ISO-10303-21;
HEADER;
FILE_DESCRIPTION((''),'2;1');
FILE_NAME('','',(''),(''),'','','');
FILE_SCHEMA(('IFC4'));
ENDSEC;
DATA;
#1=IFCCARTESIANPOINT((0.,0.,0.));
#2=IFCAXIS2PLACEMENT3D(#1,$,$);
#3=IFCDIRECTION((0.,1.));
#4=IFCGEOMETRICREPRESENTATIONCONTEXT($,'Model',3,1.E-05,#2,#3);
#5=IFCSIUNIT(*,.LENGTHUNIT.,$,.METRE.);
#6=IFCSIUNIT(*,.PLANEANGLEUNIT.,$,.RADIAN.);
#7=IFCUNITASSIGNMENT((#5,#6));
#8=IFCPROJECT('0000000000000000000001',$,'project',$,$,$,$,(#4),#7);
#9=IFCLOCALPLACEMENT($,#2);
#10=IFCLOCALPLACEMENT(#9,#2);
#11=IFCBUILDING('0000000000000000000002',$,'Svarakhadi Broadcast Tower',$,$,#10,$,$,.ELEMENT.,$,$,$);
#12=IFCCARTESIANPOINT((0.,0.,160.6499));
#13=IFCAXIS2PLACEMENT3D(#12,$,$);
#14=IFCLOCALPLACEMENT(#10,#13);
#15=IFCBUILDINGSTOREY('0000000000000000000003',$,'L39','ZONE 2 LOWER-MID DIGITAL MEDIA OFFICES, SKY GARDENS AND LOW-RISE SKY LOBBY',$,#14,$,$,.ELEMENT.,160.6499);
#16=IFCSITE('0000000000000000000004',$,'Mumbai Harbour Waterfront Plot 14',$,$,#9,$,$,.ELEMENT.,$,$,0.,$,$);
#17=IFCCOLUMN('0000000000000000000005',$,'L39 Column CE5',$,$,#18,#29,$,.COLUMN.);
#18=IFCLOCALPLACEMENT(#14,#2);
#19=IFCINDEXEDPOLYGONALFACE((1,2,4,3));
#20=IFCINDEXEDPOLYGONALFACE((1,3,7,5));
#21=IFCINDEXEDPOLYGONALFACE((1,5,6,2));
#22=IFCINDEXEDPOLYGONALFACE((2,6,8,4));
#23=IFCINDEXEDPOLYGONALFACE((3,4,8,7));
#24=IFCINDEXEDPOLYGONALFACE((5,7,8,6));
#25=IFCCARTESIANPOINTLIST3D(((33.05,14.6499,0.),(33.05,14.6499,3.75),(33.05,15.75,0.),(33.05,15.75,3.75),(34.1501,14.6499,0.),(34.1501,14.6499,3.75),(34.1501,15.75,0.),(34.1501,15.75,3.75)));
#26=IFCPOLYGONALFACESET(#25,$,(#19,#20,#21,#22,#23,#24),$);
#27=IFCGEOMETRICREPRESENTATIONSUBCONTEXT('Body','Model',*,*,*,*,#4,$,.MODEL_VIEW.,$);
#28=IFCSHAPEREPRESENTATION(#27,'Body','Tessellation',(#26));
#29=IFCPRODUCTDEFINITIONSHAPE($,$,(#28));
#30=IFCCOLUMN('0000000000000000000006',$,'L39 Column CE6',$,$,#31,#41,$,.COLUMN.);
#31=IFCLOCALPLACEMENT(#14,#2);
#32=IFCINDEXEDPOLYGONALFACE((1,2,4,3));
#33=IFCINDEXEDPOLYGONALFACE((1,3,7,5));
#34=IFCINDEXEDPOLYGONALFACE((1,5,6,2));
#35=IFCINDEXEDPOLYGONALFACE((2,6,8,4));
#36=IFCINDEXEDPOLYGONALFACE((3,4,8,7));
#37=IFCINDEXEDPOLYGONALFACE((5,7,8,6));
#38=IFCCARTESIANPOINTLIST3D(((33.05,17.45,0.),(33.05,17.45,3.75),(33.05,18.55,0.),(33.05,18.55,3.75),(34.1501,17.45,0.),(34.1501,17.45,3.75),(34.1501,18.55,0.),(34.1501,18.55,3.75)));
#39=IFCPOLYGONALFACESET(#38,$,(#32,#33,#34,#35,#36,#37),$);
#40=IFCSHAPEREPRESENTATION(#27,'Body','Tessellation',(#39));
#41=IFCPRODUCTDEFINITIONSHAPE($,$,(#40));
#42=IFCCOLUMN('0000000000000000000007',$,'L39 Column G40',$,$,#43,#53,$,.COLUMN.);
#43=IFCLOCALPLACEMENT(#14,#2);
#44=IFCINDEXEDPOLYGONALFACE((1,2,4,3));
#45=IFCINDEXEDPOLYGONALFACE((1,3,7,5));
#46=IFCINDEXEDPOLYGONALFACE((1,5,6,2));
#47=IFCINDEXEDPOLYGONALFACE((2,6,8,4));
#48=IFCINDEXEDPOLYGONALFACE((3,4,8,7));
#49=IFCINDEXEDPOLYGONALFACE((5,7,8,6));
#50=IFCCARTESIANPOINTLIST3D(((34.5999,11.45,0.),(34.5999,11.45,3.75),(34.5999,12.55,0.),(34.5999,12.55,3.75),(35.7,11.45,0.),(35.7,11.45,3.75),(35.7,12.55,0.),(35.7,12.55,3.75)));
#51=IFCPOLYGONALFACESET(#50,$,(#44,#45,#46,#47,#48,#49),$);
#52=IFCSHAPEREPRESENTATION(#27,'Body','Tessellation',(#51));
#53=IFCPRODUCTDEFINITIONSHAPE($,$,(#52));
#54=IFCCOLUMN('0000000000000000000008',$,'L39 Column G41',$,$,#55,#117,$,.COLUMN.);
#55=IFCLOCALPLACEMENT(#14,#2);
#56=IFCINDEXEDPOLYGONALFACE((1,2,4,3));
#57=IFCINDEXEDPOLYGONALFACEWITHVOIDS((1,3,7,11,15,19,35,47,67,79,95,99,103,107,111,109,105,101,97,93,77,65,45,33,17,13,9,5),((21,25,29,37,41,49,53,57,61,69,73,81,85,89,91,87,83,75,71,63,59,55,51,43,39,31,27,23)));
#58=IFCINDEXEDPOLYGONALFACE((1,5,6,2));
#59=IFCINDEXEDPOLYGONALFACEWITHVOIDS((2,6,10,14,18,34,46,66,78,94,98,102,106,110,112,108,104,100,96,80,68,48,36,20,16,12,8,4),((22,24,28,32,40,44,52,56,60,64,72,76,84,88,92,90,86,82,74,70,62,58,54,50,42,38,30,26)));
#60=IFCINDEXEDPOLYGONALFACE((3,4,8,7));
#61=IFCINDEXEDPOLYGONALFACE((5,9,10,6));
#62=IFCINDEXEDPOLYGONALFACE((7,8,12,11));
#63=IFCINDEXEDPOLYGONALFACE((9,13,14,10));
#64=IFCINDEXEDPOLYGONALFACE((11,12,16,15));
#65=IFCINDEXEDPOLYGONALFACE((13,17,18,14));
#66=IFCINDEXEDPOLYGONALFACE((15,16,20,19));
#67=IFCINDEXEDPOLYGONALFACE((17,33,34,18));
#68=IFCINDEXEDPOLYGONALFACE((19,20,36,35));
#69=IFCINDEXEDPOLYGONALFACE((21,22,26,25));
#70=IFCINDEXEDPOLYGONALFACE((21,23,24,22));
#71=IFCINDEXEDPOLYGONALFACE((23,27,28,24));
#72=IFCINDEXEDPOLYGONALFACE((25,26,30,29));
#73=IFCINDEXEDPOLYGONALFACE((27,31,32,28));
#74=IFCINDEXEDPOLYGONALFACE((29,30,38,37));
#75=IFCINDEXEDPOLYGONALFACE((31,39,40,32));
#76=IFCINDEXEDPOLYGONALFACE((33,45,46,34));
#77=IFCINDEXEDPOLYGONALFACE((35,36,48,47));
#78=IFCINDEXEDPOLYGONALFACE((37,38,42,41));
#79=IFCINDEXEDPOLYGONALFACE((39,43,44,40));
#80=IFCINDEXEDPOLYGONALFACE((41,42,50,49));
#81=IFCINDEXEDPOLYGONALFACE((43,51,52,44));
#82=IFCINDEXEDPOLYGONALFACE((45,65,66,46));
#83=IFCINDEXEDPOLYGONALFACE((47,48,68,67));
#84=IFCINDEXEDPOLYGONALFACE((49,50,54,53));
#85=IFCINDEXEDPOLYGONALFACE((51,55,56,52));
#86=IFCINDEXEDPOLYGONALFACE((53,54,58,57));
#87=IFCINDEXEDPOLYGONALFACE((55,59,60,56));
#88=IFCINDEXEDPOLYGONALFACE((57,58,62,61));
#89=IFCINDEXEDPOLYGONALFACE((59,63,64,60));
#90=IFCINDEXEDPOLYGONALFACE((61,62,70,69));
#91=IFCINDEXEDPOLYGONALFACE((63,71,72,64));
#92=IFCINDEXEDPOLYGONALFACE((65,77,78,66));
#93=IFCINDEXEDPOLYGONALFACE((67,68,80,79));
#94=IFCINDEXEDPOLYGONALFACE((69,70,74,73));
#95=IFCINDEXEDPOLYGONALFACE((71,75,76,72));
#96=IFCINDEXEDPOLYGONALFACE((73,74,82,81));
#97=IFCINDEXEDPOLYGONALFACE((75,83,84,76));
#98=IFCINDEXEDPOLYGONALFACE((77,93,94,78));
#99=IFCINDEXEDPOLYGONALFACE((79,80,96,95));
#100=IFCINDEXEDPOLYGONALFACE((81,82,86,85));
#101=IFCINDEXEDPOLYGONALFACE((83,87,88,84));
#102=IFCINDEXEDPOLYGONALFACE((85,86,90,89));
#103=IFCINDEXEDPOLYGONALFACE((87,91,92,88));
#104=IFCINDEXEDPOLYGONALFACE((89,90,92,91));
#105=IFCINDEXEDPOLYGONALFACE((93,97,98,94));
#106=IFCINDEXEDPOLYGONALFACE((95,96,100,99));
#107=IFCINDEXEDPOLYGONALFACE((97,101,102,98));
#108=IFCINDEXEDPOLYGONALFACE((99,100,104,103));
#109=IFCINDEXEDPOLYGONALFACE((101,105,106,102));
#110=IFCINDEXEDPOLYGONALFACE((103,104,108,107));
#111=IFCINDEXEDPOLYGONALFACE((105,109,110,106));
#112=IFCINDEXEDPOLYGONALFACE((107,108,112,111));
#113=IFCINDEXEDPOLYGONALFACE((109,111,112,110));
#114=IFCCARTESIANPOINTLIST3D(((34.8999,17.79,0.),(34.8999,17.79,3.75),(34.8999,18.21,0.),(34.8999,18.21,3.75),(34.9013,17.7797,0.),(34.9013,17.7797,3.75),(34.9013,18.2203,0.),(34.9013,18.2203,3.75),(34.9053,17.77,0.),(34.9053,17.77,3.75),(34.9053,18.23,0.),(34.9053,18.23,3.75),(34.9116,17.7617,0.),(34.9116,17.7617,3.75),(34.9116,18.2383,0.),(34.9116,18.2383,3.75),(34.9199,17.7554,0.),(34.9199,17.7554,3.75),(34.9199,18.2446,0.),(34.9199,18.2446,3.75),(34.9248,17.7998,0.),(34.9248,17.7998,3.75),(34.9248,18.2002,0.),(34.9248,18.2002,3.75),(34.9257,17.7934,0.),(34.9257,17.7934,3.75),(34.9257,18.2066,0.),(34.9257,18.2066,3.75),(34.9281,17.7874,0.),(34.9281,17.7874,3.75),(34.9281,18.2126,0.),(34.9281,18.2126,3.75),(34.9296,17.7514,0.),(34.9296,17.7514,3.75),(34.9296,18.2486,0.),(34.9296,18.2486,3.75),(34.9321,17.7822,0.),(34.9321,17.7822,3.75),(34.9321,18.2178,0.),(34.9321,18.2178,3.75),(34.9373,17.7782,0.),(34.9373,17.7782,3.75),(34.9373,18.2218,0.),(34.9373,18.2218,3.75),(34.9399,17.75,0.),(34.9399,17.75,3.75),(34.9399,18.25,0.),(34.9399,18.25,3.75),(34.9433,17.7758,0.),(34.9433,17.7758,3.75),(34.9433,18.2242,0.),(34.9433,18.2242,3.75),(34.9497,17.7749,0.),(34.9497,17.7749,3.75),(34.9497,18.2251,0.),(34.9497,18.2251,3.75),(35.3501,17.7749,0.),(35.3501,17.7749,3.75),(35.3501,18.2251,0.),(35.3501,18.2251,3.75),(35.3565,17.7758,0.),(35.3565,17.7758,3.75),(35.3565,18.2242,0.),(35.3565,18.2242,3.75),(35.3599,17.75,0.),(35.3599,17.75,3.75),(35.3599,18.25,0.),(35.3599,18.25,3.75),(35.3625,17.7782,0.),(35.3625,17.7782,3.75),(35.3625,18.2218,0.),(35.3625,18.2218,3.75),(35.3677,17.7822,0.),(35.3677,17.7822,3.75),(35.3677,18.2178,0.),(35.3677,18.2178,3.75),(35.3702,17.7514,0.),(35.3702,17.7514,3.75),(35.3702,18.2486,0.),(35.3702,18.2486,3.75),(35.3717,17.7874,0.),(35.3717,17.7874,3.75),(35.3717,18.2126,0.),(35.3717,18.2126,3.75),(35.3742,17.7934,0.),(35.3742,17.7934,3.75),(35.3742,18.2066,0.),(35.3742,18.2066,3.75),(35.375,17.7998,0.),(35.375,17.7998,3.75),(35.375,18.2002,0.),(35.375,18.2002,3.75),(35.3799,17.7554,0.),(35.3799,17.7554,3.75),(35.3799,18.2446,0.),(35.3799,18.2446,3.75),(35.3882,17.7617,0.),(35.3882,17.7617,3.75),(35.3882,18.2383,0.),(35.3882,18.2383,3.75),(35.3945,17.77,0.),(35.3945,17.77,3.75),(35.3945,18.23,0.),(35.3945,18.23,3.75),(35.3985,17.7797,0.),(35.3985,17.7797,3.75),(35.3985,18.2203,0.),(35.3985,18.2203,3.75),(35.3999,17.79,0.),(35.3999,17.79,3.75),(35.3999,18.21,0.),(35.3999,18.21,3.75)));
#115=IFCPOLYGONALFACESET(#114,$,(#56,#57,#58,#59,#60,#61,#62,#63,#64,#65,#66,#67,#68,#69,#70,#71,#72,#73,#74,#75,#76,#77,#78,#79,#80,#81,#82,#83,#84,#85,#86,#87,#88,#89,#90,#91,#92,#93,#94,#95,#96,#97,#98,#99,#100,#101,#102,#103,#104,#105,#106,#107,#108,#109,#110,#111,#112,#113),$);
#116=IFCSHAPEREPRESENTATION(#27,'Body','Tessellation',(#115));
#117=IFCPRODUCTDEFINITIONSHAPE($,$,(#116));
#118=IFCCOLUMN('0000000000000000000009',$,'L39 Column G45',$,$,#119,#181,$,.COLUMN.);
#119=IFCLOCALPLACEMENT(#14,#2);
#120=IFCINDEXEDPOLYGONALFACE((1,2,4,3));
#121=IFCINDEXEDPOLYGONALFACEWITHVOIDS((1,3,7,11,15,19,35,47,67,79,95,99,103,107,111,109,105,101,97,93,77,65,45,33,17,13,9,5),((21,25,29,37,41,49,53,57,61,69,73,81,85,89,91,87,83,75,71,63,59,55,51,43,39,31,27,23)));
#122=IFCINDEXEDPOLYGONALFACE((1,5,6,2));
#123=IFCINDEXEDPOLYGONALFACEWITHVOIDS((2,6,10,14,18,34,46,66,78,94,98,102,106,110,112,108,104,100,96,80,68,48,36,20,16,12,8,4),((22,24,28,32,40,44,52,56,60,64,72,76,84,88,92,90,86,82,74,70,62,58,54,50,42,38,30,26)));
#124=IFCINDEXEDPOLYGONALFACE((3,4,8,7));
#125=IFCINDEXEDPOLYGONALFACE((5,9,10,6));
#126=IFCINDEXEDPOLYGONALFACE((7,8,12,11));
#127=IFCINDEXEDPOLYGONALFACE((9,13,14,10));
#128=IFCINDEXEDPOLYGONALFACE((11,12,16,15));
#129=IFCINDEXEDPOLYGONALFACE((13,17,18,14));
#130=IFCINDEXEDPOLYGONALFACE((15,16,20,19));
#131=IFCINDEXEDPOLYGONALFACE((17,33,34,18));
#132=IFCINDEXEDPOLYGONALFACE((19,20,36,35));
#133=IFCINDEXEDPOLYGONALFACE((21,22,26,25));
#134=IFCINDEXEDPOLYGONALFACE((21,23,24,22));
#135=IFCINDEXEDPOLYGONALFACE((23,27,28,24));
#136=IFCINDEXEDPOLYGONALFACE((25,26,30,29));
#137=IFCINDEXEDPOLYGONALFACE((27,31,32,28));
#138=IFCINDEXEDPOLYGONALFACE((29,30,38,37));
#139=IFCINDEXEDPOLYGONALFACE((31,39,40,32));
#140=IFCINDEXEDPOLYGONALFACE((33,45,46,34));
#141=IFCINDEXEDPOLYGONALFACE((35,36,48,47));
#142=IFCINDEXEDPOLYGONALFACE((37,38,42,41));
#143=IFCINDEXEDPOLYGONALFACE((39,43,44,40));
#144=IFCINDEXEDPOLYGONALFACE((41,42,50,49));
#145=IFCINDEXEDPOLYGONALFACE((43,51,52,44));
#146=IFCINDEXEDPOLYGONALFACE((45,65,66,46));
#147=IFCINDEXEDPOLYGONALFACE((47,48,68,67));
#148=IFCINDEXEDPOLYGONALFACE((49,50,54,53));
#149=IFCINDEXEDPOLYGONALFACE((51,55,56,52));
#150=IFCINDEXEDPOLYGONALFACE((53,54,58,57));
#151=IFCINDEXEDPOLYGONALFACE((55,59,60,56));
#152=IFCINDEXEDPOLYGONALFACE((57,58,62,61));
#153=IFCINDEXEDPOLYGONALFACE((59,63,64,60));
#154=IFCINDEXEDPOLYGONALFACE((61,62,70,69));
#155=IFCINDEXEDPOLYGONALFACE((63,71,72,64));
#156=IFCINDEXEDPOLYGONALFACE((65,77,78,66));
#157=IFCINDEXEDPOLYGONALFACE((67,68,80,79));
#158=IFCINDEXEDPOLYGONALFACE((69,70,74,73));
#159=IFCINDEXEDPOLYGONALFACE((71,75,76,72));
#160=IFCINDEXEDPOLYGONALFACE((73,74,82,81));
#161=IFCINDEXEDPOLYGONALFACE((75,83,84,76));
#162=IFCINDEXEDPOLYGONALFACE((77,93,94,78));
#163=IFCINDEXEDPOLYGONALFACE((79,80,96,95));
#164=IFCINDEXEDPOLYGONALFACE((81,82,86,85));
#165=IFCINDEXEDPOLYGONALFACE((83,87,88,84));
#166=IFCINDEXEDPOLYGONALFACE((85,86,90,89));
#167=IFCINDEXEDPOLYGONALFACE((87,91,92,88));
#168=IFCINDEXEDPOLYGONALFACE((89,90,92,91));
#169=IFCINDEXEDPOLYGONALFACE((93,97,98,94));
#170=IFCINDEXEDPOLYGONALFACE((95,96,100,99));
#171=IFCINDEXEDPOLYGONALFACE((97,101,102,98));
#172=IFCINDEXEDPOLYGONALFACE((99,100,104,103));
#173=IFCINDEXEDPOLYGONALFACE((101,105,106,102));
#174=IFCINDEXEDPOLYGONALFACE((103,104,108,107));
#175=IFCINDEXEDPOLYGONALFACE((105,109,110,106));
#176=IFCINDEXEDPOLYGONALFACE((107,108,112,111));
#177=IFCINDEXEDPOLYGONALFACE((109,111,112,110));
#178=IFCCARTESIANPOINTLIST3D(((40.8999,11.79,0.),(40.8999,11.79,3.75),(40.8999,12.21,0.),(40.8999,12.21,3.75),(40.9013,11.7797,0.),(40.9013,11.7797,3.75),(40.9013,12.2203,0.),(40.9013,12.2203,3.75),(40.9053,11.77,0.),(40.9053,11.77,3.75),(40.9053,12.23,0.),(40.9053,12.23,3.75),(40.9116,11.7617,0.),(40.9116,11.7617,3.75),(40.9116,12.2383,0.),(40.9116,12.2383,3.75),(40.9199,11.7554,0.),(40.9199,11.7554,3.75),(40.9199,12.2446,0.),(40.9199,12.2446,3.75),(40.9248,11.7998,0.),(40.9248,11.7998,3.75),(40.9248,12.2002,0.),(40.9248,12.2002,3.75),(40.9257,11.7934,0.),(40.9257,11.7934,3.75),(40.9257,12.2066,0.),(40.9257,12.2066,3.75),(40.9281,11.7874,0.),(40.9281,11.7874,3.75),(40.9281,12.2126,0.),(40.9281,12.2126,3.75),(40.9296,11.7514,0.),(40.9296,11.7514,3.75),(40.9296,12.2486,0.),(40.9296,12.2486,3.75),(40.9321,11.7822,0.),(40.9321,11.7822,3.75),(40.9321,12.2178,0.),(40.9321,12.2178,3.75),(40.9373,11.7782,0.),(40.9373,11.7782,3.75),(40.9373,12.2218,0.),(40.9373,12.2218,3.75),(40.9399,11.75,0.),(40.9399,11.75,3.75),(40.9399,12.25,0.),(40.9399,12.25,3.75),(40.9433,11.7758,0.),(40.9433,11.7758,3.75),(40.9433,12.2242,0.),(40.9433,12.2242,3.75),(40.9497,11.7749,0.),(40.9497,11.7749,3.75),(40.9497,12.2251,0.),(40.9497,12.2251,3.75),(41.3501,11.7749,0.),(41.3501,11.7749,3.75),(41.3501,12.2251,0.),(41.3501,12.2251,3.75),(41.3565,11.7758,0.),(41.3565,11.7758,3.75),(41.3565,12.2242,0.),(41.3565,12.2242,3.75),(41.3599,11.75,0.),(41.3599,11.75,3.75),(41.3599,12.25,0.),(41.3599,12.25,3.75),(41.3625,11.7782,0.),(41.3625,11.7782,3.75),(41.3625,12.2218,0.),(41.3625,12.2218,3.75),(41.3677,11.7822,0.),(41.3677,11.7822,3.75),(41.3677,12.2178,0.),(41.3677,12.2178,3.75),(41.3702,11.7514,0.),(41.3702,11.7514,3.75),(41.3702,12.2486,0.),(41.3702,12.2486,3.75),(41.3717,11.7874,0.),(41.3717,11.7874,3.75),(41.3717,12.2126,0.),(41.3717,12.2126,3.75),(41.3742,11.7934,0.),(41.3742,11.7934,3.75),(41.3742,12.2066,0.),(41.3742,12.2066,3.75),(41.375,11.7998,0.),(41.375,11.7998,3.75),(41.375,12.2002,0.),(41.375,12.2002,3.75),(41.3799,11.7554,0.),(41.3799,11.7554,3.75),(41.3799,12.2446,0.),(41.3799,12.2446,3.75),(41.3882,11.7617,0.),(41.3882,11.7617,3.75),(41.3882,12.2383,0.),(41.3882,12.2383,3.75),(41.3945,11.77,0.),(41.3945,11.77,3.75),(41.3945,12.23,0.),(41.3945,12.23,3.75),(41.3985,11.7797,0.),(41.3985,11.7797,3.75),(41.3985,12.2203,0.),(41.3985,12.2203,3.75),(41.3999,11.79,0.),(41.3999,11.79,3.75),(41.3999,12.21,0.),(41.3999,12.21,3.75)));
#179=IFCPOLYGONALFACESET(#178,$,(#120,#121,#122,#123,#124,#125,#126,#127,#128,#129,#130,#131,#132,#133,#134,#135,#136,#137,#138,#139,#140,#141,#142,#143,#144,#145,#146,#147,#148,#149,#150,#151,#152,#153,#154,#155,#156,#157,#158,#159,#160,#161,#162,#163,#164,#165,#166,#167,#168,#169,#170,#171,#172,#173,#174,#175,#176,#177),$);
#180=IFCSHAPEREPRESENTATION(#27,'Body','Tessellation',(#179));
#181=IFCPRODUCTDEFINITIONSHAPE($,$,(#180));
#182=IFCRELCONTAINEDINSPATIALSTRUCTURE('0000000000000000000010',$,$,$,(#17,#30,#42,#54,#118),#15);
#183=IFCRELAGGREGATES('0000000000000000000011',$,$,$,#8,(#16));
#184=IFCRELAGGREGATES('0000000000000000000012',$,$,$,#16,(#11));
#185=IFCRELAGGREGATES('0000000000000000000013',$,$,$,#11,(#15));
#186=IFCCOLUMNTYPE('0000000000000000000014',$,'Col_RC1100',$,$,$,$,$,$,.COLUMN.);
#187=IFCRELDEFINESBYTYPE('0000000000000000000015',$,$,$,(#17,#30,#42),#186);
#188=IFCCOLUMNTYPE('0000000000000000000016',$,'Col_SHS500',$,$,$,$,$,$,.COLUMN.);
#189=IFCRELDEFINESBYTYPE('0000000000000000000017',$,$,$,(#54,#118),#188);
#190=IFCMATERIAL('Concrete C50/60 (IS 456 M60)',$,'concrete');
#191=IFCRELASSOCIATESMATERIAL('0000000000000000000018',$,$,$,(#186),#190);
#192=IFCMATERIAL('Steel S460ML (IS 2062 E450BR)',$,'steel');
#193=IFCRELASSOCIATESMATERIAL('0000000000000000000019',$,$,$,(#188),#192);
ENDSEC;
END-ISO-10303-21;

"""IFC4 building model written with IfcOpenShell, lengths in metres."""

from ifc_helpers import new_model, si_unit, direction, frame, origin, origin_2d, place, context, subcontext, project, spatial, rectangle, hollow_rectangle, extrude, material, material_profile, profile_set, type_object, element, save


model = new_model("IFC4")

# Units and contexts
model_context = context("Model", 3, precision=1e-05, world=origin(), true_north=direction((0.0, 1.0)))
body_context = subcontext(model_context, "Body", "Model", "MODEL_VIEW")
ifc_project = project(units=[si_unit("LENGTHUNIT", "METRE"), si_unit("PLANEANGLEUNIT", "RADIAN")], contexts=[model_context])

# Site, building, storey
site_placement = place(None, origin())
site = spatial("IfcSite", under=ifc_project, at=site_placement, Name="Mumbai Harbour Waterfront Plot 14", CompositionType="ELEMENT", RefElevation=0.0)
building_placement = place(site_placement, origin())
building = spatial("IfcBuilding", under=site, at=building_placement, Name="Svarakhadi Broadcast Tower", CompositionType="ELEMENT")
storey_placement = place(building_placement, frame((0.0, 0.0, 160.6499)))
storey = spatial("IfcBuildingStorey", under=building, at=storey_placement, Name="L39", Description="ZONE 2 LOWER-MID DIGITAL MEDIA OFFICES, SKY GARDENS AND LOW-RISE SKY LOBBY", CompositionType="ELEMENT", Elevation=160.6499)

# Columns
ifc_material_1 = material(Name="Concrete C50/60 (IS 456 M60)", Category="concrete")
ifc_material_profile_1 = material_profile(ifc_material_1, rectangle(XDim=1.1001, YDim=1.1001, at=origin_2d()), Name="RC 1100x1100")
ifc_profile_set_1 = profile_set([ifc_material_profile_1], Name="Concrete C50/60 (IS 456 M60)")
column_type_1 = type_object("IfcColumnType", Name="Col_RC1100", PredefinedType="COLUMN", material=ifc_profile_set_1)
for number, where, z_axis, x_axis, name in (
    (1, (33.6001, 15.2, 0.0), (0.0, 0.0, 1.0), (1.0, 0.0, 0.0), "L39 Column CE5"),
    (2, (33.6001, 18.0, 0.0), (0.0, 0.0, 1.0), (1.0, 0.0, 0.0), "L39 Column CE6"),
    (3, (35.1499, 12.0, 0.0), (0.0, 0.0, 1.0), (1.0, 0.0, 0.0), "L39 Column G40"),
):
    element("IfcColumn", number, at=place(storey_placement, frame(where, z_axis=z_axis, x_axis=x_axis)), inside=storey, type_object=column_type_1, Name=name, PredefinedType="COLUMN", context=body_context, shape_type="SweptSolid", body=[
        extrude(rectangle(XDim=1.1001, YDim=1.1001, at=origin_2d()), origin(), (0.0, 0.0, 1.0), 3.75),
    ])
ifc_material_2 = material(Name="Steel S460ML (IS 2062 E450BR)", Category="steel")
ifc_material_profile_2 = material_profile(ifc_material_2, hollow_rectangle(XDim=0.5, YDim=0.5, WallThickness=0.0249, InnerFilletRadius=0.0249, OuterFilletRadius=0.04, at=origin_2d()), Name="SHS 500x500x25")
ifc_profile_set_2 = profile_set([ifc_material_profile_2], Name="Steel S460ML (IS 2062 E450BR)")
column_type_2 = type_object("IfcColumnType", Name="Col_SHS500", PredefinedType="COLUMN", material=ifc_profile_set_2)
for number, where, z_axis, x_axis, name in (
    (4, (35.1499, 18.0, 0.0), (0.0, 0.0, 1.0), (1.0, 0.0, 0.0), "L39 Column G41"),
    (5, (41.1499, 12.0, 0.0), (0.0, 0.0, 1.0), (1.0, 0.0, 0.0), "L39 Column G45"),
):
    element("IfcColumn", number, at=place(storey_placement, frame(where, z_axis=z_axis, x_axis=x_axis)), inside=storey, type_object=column_type_2, Name=name, PredefinedType="COLUMN", context=body_context, shape_type="SweptSolid", body=[
        extrude(hollow_rectangle(XDim=0.5, YDim=0.5, WallThickness=0.0249, InnerFilletRadius=0.0249, OuterFilletRadius=0.04, at=origin_2d()), origin(), (0.0, 0.0, 1.0), 3.75),
    ])

save(model, "model.ifc")
